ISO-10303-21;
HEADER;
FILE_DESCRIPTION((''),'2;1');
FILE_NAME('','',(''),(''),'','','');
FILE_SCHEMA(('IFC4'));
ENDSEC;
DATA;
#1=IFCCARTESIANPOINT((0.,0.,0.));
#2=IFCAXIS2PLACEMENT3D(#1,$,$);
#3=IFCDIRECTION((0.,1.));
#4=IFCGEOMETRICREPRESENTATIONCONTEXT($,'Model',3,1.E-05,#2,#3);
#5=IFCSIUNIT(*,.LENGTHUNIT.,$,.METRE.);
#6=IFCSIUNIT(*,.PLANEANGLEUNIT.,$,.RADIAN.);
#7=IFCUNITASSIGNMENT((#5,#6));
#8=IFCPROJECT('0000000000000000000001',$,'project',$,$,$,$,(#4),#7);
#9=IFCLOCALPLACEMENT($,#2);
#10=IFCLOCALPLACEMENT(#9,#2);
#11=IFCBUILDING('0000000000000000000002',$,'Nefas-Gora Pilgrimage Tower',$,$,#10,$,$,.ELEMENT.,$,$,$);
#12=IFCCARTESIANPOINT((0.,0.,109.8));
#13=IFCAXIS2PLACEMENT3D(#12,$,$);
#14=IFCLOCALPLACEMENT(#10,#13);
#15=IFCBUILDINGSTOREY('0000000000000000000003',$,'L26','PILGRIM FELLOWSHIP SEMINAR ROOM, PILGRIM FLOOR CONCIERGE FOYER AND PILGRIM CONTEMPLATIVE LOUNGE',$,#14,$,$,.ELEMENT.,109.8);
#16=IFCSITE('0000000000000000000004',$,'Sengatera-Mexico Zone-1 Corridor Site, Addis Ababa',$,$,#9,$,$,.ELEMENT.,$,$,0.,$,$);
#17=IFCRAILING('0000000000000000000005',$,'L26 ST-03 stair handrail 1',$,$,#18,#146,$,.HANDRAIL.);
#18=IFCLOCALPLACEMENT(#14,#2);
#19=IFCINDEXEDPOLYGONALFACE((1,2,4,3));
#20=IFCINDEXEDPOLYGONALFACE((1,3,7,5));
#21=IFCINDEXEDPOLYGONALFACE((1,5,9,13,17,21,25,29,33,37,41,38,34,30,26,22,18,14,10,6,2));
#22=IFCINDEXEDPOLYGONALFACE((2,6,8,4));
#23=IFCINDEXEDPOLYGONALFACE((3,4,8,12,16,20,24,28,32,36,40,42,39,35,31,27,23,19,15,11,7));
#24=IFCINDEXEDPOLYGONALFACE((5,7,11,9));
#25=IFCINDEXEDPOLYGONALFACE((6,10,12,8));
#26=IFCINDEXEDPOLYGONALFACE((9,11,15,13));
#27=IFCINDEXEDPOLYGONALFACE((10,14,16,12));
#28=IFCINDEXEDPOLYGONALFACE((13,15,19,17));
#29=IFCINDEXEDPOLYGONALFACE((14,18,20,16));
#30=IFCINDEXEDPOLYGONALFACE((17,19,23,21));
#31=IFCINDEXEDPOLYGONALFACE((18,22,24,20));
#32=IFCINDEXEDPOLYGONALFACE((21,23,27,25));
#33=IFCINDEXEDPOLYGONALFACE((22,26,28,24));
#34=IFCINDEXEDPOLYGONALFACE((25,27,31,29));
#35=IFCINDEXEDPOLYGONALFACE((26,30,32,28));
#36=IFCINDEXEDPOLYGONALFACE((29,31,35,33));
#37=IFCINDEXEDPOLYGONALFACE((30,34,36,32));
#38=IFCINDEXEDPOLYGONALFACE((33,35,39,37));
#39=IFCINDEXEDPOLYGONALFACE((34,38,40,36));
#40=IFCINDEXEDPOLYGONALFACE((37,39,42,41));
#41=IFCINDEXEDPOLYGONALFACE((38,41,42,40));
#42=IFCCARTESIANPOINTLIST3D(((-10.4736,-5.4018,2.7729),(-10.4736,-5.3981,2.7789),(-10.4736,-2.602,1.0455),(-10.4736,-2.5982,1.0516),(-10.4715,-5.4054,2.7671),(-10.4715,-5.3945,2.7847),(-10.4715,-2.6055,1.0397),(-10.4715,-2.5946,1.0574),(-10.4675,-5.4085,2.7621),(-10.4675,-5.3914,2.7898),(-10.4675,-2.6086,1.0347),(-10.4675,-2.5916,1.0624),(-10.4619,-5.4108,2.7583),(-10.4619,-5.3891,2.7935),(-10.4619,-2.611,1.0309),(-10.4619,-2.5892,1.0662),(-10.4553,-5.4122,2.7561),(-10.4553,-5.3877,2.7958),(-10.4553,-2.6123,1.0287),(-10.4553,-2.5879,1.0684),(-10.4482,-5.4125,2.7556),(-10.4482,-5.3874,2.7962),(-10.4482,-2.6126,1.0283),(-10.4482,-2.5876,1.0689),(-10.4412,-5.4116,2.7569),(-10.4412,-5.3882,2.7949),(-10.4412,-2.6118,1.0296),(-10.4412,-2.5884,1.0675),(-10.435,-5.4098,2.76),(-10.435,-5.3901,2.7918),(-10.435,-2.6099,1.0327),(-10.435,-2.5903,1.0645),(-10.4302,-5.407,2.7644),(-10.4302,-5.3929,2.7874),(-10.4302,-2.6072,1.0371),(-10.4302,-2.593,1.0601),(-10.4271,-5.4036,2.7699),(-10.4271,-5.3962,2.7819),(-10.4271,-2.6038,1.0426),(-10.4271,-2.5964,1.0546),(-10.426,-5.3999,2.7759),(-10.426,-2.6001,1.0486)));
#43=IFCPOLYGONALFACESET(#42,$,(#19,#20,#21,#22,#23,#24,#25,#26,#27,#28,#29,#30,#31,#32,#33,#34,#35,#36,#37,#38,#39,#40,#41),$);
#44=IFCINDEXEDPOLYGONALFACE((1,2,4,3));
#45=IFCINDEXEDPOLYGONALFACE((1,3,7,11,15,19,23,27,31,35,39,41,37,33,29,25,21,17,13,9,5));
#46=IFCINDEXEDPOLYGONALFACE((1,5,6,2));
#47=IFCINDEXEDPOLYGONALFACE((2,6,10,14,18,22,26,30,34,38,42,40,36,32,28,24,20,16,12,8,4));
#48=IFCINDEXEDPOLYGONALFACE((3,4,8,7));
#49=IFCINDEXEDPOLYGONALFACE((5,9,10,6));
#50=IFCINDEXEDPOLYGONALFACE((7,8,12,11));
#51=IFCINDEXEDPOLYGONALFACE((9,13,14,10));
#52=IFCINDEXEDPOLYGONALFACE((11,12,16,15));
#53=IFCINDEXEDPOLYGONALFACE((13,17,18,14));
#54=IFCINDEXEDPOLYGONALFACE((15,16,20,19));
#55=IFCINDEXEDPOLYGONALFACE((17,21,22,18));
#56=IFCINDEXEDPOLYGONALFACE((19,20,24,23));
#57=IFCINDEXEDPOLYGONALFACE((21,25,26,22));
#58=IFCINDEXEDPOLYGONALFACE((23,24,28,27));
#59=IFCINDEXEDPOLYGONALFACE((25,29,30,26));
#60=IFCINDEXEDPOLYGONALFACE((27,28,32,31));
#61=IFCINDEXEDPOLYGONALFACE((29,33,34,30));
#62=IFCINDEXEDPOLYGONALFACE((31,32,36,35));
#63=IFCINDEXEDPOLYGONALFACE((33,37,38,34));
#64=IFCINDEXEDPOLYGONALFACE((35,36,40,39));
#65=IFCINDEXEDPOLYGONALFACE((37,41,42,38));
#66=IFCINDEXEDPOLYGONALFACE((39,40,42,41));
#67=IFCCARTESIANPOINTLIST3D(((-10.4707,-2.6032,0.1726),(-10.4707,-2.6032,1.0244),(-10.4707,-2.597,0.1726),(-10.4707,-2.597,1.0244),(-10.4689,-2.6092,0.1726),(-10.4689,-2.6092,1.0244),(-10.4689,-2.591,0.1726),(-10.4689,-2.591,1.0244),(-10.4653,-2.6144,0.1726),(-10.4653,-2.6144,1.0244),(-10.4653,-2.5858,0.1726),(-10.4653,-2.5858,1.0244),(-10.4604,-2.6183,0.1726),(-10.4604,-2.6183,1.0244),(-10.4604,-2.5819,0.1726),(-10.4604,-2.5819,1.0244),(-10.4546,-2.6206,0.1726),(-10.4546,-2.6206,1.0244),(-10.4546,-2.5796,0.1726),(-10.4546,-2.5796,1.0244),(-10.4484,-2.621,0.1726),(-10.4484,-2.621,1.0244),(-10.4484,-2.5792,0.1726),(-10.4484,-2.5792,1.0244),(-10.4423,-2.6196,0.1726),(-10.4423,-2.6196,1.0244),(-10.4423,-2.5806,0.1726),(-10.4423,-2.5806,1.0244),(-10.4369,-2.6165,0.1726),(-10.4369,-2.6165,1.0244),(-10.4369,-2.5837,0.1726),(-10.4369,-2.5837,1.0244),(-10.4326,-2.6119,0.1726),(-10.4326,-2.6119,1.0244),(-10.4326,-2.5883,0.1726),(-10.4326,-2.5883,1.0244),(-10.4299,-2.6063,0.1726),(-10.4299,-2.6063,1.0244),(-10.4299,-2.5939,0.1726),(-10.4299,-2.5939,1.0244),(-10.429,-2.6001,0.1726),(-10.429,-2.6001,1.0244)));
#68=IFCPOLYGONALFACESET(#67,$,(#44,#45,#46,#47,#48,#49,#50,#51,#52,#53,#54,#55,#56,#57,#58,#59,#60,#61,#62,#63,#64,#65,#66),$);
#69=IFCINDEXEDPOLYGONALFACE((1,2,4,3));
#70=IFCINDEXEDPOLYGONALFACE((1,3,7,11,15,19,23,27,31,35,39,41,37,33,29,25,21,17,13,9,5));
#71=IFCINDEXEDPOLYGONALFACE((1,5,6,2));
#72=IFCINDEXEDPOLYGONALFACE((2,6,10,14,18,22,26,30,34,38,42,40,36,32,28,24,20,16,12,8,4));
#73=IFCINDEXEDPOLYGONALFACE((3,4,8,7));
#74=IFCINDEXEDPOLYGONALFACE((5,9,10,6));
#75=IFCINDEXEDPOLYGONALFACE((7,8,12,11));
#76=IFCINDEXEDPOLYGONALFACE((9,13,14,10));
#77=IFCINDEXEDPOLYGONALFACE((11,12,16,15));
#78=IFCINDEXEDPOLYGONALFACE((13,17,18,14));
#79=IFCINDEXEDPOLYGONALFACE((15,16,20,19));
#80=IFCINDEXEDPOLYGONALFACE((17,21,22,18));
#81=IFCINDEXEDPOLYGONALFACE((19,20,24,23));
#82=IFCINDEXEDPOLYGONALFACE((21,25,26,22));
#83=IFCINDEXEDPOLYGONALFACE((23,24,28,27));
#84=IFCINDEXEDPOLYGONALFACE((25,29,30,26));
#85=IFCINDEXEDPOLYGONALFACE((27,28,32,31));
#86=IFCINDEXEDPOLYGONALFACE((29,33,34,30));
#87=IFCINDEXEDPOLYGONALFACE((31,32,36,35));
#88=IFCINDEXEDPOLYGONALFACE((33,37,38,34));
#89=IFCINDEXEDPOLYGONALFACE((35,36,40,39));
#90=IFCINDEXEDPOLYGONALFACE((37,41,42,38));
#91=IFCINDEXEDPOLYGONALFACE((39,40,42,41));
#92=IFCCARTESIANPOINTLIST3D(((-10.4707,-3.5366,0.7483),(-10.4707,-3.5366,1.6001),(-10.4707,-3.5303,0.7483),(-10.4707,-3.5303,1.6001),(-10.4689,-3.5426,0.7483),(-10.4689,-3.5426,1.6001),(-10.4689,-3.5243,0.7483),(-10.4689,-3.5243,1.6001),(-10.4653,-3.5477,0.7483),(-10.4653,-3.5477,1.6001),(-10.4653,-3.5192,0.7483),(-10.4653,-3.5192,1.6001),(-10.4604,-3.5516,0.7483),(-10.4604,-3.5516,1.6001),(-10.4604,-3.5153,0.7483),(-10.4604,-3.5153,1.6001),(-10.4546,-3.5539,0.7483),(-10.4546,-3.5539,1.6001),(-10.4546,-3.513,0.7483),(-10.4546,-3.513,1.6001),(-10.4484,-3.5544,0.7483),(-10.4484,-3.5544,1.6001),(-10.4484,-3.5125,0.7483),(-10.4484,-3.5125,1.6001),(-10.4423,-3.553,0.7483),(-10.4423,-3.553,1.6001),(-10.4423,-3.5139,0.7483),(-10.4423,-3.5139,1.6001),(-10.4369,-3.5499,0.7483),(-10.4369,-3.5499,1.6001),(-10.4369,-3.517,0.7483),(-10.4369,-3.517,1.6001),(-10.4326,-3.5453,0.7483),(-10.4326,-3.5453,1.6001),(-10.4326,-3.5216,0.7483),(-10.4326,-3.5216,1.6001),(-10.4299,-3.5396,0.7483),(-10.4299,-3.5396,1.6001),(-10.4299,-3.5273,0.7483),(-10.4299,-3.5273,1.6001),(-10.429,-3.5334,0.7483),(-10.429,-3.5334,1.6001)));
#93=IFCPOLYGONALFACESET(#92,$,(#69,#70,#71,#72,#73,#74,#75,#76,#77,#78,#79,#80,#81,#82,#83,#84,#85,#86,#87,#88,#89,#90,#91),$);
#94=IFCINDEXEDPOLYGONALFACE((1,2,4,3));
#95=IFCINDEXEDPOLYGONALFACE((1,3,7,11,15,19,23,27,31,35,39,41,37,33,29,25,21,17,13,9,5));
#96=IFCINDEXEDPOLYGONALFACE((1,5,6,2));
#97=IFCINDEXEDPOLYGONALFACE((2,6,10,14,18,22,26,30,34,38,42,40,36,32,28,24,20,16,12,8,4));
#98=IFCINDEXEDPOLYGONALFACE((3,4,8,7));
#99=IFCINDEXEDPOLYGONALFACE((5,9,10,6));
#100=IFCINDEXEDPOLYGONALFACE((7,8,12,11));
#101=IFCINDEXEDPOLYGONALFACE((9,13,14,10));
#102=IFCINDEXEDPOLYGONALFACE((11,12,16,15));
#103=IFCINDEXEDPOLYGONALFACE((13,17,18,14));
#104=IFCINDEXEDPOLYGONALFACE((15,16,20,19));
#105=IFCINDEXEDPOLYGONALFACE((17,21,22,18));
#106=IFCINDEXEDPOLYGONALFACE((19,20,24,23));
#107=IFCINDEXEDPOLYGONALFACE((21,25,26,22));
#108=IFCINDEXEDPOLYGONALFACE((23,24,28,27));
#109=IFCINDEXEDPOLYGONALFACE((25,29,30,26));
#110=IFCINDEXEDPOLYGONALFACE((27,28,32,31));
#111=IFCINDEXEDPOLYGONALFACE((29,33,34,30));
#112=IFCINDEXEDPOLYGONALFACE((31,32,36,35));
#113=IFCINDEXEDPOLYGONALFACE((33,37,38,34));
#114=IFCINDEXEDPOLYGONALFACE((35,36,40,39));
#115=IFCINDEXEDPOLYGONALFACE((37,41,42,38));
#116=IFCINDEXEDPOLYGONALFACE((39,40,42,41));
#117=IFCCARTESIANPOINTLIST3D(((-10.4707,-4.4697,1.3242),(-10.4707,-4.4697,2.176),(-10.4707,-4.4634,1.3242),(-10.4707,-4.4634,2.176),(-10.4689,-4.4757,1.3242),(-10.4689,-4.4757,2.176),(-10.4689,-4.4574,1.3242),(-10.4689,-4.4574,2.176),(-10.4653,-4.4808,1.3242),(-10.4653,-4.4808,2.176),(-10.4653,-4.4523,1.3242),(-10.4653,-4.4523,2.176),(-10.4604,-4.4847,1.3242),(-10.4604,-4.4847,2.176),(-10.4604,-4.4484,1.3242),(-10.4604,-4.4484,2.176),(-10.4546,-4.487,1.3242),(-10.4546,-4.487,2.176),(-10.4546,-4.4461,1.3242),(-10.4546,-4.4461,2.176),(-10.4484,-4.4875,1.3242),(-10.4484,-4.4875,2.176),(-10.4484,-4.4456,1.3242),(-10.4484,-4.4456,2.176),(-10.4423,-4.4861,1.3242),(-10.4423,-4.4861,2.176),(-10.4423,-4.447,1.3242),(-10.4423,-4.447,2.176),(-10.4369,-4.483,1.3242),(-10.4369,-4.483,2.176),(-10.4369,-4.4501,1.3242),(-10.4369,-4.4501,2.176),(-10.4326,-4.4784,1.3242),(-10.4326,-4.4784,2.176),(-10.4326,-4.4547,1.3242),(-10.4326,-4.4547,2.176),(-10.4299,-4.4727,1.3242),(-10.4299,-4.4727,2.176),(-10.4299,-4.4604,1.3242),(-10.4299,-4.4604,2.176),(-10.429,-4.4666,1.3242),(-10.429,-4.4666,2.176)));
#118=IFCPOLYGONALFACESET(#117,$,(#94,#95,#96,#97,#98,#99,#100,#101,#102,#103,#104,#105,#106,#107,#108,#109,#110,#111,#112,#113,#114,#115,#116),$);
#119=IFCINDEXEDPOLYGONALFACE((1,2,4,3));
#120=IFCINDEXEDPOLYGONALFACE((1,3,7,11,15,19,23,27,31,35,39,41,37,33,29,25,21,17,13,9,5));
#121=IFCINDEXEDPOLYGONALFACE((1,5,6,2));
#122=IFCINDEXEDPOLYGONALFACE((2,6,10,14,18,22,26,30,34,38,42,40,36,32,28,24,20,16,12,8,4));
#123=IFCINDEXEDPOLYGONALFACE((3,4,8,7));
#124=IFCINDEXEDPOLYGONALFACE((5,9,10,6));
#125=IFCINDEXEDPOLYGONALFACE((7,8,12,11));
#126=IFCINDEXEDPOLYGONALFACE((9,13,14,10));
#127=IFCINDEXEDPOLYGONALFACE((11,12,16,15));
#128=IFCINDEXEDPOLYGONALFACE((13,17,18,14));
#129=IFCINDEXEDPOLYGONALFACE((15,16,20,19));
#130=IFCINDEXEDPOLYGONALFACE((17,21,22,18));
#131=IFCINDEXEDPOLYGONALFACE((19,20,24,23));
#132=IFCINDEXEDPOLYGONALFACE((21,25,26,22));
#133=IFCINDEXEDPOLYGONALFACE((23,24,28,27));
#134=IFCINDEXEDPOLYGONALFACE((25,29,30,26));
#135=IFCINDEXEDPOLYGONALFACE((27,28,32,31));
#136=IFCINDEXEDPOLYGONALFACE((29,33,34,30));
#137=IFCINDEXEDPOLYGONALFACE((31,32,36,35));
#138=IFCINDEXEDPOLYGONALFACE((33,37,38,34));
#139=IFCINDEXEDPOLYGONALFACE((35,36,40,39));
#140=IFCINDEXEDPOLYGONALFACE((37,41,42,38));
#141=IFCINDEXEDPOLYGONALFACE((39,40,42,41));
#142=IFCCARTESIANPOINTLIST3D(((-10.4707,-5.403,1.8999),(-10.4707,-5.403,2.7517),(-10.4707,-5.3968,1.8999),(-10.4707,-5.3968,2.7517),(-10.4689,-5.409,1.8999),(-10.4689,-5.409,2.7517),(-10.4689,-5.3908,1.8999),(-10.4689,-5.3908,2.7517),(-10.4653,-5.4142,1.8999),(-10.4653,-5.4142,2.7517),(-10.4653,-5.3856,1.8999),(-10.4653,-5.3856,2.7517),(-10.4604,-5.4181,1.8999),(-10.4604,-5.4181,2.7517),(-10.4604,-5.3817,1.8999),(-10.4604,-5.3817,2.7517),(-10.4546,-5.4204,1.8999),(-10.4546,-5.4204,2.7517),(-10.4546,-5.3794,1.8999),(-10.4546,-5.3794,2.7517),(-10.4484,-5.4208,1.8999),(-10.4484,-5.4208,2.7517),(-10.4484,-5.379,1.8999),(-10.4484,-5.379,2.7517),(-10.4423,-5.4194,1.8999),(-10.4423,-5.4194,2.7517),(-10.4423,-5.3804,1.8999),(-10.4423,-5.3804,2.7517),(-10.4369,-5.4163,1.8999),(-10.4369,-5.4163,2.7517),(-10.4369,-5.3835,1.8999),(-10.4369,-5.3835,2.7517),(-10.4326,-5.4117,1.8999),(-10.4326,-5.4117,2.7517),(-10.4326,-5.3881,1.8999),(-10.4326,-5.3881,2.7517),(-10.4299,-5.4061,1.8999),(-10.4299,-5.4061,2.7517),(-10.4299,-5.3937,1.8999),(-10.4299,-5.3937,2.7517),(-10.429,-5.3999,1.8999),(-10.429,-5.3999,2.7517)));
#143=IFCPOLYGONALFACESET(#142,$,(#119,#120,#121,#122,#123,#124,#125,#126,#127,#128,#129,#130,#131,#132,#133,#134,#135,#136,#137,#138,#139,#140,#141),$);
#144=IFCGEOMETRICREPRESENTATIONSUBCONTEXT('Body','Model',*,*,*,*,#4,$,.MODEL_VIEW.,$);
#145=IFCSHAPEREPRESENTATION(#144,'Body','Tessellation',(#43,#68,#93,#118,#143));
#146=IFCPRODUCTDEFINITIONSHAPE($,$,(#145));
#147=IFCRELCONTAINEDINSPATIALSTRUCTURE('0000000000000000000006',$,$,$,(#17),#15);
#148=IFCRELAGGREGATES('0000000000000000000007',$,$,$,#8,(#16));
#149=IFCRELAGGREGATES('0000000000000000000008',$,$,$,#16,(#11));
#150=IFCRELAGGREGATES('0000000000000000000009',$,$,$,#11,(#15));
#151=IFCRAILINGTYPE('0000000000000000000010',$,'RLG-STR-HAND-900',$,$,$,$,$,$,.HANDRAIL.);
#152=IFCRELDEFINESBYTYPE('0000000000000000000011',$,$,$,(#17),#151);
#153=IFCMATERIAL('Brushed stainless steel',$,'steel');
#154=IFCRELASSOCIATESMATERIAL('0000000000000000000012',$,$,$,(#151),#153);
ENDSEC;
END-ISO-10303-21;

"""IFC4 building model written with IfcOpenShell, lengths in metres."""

from ifc_helpers import new_model, si_unit, direction, frame, origin, origin_2d, place, context, subcontext, project, spatial, circle, extrude, material, type_object, element, save


model = new_model("IFC4")

# Units and contexts
model_context = context("Model", 3, precision=1e-05, world=origin(), true_north=direction((0.0, 1.0)))
body_context = subcontext(model_context, "Body", "Model", "MODEL_VIEW")
ifc_project = project(units=[si_unit("LENGTHUNIT", "METRE"), si_unit("PLANEANGLEUNIT", "RADIAN")], contexts=[model_context])

# Site, building, storey
site_placement = place(None, origin())
site = spatial("IfcSite", under=ifc_project, at=site_placement, Name="Sengatera-Mexico Zone-1 Corridor Site, Addis Ababa", CompositionType="ELEMENT", RefElevation=0.0)
building_placement = place(site_placement, origin())
building = spatial("IfcBuilding", under=site, at=building_placement, Name="Nefas-Gora Pilgrimage Tower", CompositionType="ELEMENT")
storey_placement = place(building_placement, frame((0.0, 0.0, 109.8)))
storey = spatial("IfcBuildingStorey", under=building, at=storey_placement, Name="L26", Description="PILGRIM FELLOWSHIP SEMINAR ROOM, PILGRIM FLOOR CONCIERGE FOYER AND PILGRIM CONTEMPLATIVE LOUNGE", CompositionType="ELEMENT", Elevation=109.8)

# Railing
ifc_material_1 = material(Name="Brushed stainless steel", Category="steel")
railing_type_1 = type_object("IfcRailingType", Name="RLG-STR-HAND-900", PredefinedType="HANDRAIL", material=ifc_material_1)
railing_1_placement = place(storey_placement, frame((-10.45, -2.6001, 0.1726)))
element("IfcRailing", 1, at=railing_1_placement, inside=storey, type_object=railing_type_1, Name="L26 ST-03 stair handrail 1", PredefinedType="HANDRAIL", context=body_context, shape_type="SweptSolid", body=[
    extrude(circle(Radius=0.0239, at=origin_2d()), frame((0.0, 0.0, 0.876), z_axis=(0.0, -0.851069, 0.525054), x_axis=(1.0, 0.0, 0.0)), (0.0, 0.0, 1.0), 3.2898),
    extrude(circle(Radius=0.021, at=origin_2d()), origin(), (0.0, 0.0, 1.0), 0.8518),
    extrude(circle(Radius=0.021, at=origin_2d()), frame((0.0, -0.9333, 0.5757)), (0.0, 0.0, 1.0), 0.8518),
    extrude(circle(Radius=0.021, at=origin_2d()), frame((0.0, -1.8665, 1.1516)), (0.0, 0.0, 1.0), 0.8518),
    extrude(circle(Radius=0.021, at=origin_2d()), frame((0.0, -2.7998, 1.7273)), (0.0, 0.0, 1.0), 0.8518),
])

save(model, "model.ifc")
